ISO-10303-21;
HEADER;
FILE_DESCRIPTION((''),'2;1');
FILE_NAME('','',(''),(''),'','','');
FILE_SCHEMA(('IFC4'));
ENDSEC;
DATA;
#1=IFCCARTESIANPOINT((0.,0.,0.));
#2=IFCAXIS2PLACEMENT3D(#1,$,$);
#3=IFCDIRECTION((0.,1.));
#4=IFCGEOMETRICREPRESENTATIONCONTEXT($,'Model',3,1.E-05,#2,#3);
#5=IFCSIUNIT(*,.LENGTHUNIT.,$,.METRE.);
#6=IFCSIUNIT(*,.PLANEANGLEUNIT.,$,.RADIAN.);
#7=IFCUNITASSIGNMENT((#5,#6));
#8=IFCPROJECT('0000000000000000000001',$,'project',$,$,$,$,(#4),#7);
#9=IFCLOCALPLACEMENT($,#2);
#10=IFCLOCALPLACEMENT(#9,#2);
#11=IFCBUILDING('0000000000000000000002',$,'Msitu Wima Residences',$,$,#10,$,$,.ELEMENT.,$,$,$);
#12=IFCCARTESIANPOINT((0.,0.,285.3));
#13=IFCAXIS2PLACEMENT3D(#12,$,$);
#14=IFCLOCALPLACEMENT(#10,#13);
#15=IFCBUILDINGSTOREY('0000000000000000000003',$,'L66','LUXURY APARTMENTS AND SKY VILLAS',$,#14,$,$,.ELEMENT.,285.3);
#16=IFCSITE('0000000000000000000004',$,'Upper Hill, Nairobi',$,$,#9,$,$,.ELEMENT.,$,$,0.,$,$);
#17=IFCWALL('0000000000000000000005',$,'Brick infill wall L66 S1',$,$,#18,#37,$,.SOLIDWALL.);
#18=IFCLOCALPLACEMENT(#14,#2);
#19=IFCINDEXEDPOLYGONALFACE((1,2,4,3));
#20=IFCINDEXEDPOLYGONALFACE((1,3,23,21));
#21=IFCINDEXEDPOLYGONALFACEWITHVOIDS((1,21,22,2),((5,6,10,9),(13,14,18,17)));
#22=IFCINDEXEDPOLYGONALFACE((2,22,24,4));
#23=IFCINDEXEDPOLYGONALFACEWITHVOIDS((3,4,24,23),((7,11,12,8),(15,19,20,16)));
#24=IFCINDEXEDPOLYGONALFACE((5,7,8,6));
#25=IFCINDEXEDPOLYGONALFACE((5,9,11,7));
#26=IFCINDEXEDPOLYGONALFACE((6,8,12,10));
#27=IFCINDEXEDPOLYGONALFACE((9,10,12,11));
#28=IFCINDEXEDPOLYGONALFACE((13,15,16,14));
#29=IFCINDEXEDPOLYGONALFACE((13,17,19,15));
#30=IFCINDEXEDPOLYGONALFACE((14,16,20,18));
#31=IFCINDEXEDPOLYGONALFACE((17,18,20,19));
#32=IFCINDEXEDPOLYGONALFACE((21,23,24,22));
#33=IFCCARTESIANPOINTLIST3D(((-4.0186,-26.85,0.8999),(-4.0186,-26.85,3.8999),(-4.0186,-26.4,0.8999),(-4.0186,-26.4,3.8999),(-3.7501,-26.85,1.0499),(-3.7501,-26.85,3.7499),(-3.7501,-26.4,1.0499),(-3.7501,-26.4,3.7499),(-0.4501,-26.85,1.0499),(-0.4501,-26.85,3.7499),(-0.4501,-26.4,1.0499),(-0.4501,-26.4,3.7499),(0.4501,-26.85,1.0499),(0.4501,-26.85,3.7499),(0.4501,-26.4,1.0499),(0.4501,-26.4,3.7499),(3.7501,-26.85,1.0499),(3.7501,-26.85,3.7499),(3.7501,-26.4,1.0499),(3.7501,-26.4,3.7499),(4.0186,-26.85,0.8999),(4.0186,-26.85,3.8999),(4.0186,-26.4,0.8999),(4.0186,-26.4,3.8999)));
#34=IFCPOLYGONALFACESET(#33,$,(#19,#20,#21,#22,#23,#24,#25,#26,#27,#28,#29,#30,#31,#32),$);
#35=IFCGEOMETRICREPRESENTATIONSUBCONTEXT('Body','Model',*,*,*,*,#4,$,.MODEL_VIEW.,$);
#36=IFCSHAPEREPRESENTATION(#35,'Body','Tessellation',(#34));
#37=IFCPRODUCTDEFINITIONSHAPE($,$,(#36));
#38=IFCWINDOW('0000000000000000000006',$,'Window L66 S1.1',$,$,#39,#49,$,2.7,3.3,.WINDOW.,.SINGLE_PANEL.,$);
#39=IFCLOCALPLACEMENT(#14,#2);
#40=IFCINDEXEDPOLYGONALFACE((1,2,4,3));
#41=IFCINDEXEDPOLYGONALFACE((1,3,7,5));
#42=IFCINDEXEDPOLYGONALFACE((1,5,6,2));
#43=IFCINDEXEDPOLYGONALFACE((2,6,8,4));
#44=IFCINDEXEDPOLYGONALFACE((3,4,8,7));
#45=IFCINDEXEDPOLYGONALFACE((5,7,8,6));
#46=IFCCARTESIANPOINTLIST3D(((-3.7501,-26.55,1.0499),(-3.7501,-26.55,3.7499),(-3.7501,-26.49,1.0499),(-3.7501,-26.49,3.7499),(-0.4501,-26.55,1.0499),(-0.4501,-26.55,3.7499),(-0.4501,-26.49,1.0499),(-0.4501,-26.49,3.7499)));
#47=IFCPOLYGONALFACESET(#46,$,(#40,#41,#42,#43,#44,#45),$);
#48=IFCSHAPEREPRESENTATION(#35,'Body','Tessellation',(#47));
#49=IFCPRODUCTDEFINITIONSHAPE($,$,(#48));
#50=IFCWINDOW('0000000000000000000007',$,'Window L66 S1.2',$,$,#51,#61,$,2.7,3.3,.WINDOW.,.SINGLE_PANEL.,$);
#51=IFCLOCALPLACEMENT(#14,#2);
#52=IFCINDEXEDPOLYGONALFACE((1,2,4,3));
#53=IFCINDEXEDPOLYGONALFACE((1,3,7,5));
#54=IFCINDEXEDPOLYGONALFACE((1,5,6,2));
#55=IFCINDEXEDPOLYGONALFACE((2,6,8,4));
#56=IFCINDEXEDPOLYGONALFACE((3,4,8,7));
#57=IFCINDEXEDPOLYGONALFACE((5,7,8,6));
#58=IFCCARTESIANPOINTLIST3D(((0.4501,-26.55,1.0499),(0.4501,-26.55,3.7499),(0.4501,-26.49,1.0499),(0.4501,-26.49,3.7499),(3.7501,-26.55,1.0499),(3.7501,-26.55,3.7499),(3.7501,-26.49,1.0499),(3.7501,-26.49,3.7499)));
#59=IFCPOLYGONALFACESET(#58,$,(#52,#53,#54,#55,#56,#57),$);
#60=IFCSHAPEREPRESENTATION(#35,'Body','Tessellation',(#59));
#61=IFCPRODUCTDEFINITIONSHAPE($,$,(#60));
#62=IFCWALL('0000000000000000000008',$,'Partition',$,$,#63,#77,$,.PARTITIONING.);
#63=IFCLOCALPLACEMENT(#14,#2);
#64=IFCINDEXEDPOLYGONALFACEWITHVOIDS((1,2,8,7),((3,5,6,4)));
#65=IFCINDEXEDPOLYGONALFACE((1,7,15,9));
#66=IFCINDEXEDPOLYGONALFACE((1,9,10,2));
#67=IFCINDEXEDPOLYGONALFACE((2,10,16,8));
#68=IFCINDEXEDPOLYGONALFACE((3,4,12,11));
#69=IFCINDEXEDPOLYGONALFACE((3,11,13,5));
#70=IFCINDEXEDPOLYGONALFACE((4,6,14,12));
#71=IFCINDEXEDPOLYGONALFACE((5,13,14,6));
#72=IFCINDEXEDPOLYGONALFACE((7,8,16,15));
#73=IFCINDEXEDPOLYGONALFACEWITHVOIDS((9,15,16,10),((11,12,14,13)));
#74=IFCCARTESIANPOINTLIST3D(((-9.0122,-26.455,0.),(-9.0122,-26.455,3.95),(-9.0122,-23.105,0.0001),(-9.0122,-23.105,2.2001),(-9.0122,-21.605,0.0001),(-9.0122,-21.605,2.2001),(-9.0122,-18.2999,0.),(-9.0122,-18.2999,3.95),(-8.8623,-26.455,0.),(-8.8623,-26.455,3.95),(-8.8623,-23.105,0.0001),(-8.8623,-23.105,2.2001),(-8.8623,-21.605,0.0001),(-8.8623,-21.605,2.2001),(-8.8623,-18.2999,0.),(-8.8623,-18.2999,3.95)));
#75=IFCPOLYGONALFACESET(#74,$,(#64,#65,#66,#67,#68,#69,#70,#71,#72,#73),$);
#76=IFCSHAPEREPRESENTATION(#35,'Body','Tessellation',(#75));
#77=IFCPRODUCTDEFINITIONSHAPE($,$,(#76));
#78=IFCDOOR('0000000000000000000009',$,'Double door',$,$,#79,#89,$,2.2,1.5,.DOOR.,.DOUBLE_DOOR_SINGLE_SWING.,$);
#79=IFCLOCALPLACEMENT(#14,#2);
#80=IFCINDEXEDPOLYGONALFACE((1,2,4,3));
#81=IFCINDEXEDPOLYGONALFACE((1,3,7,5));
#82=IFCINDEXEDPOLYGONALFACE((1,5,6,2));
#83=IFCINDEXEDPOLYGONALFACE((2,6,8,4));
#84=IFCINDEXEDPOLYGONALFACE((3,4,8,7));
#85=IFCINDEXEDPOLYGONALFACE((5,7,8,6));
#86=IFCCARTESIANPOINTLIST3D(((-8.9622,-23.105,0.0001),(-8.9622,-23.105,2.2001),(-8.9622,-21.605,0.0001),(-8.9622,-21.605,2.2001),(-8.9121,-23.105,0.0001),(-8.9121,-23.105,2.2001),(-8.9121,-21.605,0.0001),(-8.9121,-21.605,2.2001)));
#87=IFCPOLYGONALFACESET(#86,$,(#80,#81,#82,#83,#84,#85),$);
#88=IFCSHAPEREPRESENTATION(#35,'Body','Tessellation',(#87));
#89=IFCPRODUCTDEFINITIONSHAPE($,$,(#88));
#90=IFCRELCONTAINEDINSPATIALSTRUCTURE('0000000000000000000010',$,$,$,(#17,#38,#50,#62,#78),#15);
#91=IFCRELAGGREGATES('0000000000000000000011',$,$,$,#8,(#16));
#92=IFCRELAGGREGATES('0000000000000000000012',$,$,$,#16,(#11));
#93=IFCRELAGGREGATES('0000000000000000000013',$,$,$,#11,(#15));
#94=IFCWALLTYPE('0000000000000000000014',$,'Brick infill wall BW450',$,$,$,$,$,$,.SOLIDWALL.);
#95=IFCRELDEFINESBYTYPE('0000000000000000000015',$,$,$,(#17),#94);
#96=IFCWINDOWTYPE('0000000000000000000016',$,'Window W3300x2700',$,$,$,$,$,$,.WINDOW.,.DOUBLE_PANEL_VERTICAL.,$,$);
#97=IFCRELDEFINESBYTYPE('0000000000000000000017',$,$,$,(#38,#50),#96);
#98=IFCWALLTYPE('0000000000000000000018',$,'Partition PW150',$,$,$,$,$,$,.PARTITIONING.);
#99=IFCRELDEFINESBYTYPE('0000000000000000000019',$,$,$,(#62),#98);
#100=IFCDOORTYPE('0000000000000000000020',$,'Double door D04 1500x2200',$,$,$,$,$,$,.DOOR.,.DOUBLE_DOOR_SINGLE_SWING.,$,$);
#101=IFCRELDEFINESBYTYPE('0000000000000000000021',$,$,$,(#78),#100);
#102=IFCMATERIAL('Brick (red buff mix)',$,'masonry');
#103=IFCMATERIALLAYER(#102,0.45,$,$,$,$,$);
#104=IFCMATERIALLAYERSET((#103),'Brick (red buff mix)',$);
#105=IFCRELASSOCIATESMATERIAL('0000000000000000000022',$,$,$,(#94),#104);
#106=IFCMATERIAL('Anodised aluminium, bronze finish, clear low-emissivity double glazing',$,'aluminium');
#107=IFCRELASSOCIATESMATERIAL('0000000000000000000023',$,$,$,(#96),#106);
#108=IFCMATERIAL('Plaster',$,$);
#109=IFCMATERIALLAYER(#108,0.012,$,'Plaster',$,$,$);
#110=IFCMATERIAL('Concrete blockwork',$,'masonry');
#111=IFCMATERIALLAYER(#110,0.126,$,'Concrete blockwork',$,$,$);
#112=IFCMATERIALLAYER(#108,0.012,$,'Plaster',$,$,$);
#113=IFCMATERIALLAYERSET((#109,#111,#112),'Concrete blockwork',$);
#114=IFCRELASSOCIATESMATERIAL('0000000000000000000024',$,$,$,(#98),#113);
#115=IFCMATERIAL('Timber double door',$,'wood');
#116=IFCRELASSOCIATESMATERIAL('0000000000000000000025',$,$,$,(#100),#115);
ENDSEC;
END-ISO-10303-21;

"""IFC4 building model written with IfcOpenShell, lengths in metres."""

from ifc_helpers import new_model, si_unit, direction, frame, frame_2d, origin, place, context, subcontext, project, spatial, rectangle, extrude, material, layer, layer_set, type_object, element, fill, save


model = new_model("IFC4")

# Units and contexts
model_context = context("Model", 3, precision=1e-05, world=origin(), true_north=direction((0.0, 1.0)))
body_context = subcontext(model_context, "Body", "Model", "MODEL_VIEW")
ifc_project = project(units=[si_unit("LENGTHUNIT", "METRE"), si_unit("PLANEANGLEUNIT", "RADIAN")], contexts=[model_context])

# Site, building, storey
site_placement = place(None, origin())
site = spatial("IfcSite", under=ifc_project, at=site_placement, Name="Upper Hill, Nairobi", CompositionType="ELEMENT", RefElevation=0.0)
building_placement = place(site_placement, origin())
building = spatial("IfcBuilding", under=site, at=building_placement, Name="Msitu Wima Residences", CompositionType="ELEMENT")
storey_placement = place(building_placement, frame((0.0, 0.0, 285.3)))
storey = spatial("IfcBuildingStorey", under=building, at=storey_placement, Name="L66", Description="LUXURY APARTMENTS AND SKY VILLAS", CompositionType="ELEMENT", Elevation=285.3)

# Shared definitions
ifc_material_1 = material(Name="Brick (red buff mix)", Category="masonry")
ifc_layer_1 = layer(ifc_material_1, 0.45)
ifc_layer_set_1 = layer_set([ifc_layer_1], Name="Brick (red buff mix)")
wall_type_1 = type_object("IfcWallType", Name="Brick infill wall BW450", PredefinedType="SOLIDWALL", material=ifc_layer_set_1)
ifc_material_2 = material(Name="Anodised aluminium, bronze finish, clear low-emissivity double glazing", Category="aluminium")
window_type = type_object("IfcWindowType", Name="Window W3300x2700", PartitioningType="DOUBLE_PANEL_VERTICAL", PredefinedType="WINDOW", material=ifc_material_2)

# Wall, openings, windows
wall_1_placement = place(storey_placement, frame((-4.0186, -26.625, 0.8999), z_axis=(0.0, 0.0, 1.0), x_axis=(1.0, 0.0, 0.0)))
wall_1 = element("IfcWall", 1, at=wall_1_placement, inside=storey, type_object=wall_type_1, Name="Brick infill wall L66 S1", PredefinedType="SOLIDWALL", context=body_context, shape_type="SweptSolid", body=[
    extrude(rectangle(XDim=8.0371, YDim=0.45, at=frame_2d((4.0186, 0.0))), origin(), (0.0, 0.0, 1.0), 3.0),
])
opening_1_placement = place(wall_1_placement, frame((0.2686, 0.0, 0.1499)))
opening_1 = element("IfcOpeningElement", 2, at=opening_1_placement, cuts=wall_1, PredefinedType="OPENING", context=body_context, shape_type="SweptSolid", body=[
    extrude(rectangle(XDim=3.3, YDim=2.7, at=frame_2d((1.6499, 1.3501))), frame((0.0, 0.2349, 0.0), z_axis=(0.0, -1.0, 0.0), x_axis=(1.0, 0.0, 0.0)), (0.0, 0.0, 1.0), 0.47),
])
opening_2_placement = place(wall_1_placement, frame((4.4688, 0.0, 0.1499)))
opening_2 = element("IfcOpeningElement", 3, at=opening_2_placement, cuts=wall_1, PredefinedType="OPENING", context=body_context, shape_type="SweptSolid", body=[
    extrude(rectangle(XDim=3.3, YDim=2.7, at=frame_2d((1.6499, 1.3501))), frame((0.0, 0.2349, 0.0), z_axis=(0.0, -1.0, 0.0), x_axis=(1.0, 0.0, 0.0)), (0.0, 0.0, 1.0), 0.47),
])
window_1_placement = place(opening_1_placement, origin())
window_1 = element("IfcWindow", 4, at=window_1_placement, inside=storey, type_object=window_type, Name="Window L66 S1.1", OverallHeight=2.7, OverallWidth=3.3, PartitioningType="SINGLE_PANEL", PredefinedType="WINDOW", context=body_context, shape_type="SweptSolid", body=[
    extrude(rectangle(XDim=3.3, YDim=2.7, at=frame_2d((1.6499, 1.3501))), frame((0.0, 0.135, 0.0), z_axis=(0.0, -1.0, 0.0), x_axis=(1.0, 0.0, 0.0)), (0.0, 0.0, 1.0), 0.0601),
])
fill(opening_1, window_1)
window_2_placement = place(opening_2_placement, origin())
window_2 = element("IfcWindow", 5, at=window_2_placement, inside=storey, type_object=window_type, Name="Window L66 S1.2", OverallHeight=2.7, OverallWidth=3.3, PartitioningType="SINGLE_PANEL", PredefinedType="WINDOW", context=body_context, shape_type="SweptSolid", body=[
    extrude(rectangle(XDim=3.3, YDim=2.7, at=frame_2d((1.6499, 1.3501))), frame((0.0, 0.135, 0.0), z_axis=(0.0, -1.0, 0.0), x_axis=(1.0, 0.0, 0.0)), (0.0, 0.0, 1.0), 0.0601),
])
fill(opening_2, window_2)

# Wall, opening, door
ifc_material_3 = material(Name="Plaster")
ifc_layer_2 = layer(ifc_material_3, 0.012, Name="Plaster")
ifc_material_4 = material(Name="Concrete blockwork", Category="masonry")
ifc_layer_3 = layer(ifc_material_4, 0.126, Name="Concrete blockwork")
ifc_layer_4 = layer(ifc_material_3, 0.012, Name="Plaster")
ifc_layer_set_2 = layer_set([ifc_layer_2, ifc_layer_3, ifc_layer_4], Name="Concrete blockwork")
wall_type_2 = type_object("IfcWallType", Name="Partition PW150", PredefinedType="PARTITIONING", material=ifc_layer_set_2)
wall_2_placement = place(storey_placement, frame((-8.9373, -26.4551, 0.0), z_axis=(0.0, 0.0, 1.0), x_axis=(0.0, 1.0, 0.0)))
wall_2 = element("IfcWall", 6, at=wall_2_placement, inside=storey, type_object=wall_type_2, Name="Partition", PredefinedType="PARTITIONING", context=body_context, shape_type="SweptSolid", body=[
    extrude(rectangle(XDim=8.155, YDim=0.1499, at=frame_2d((4.0776, 0.0))), origin(), (0.0, 0.0, 1.0), 3.95),
])
opening_3_placement = place(wall_2_placement, frame((3.3501, 0.0, 0.0)))
opening_3 = element("IfcOpeningElement", 7, at=opening_3_placement, cuts=wall_2, PredefinedType="OPENING", context=body_context, shape_type="SweptSolid", body=[
    extrude(rectangle(XDim=1.5, YDim=2.2, at=frame_2d((0.75, 1.1001))), frame((0.0, 0.085, 0.0), z_axis=(0.0, -1.0, 0.0), x_axis=(1.0, 0.0, 0.0)), (0.0, 0.0, 1.0), 0.1699),
])
ifc_material_5 = material(Name="Timber double door", Category="wood")
door_type_1 = type_object("IfcDoorType", Name="Double door D04 1500x2200", OperationType="DOUBLE_DOOR_SINGLE_SWING", PredefinedType="DOOR", material=ifc_material_5)
door_1_placement = place(opening_3_placement, origin())
door_1 = element("IfcDoor", 8, at=door_1_placement, inside=storey, type_object=door_type_1, Name="Double door", OperationType="DOUBLE_DOOR_SINGLE_SWING", OverallHeight=2.2, OverallWidth=1.5, PredefinedType="DOOR", context=body_context, shape_type="SweptSolid", body=[
    extrude(rectangle(XDim=1.5, YDim=2.2, at=frame_2d((0.75, 1.1001))), frame((0.0, 0.0249, 0.0), z_axis=(0.0, -1.0, 0.0), x_axis=(1.0, 0.0, 0.0)), (0.0, 0.0, 1.0), 0.05),
])
fill(opening_3, door_1)

save(model, "model.ifc")
